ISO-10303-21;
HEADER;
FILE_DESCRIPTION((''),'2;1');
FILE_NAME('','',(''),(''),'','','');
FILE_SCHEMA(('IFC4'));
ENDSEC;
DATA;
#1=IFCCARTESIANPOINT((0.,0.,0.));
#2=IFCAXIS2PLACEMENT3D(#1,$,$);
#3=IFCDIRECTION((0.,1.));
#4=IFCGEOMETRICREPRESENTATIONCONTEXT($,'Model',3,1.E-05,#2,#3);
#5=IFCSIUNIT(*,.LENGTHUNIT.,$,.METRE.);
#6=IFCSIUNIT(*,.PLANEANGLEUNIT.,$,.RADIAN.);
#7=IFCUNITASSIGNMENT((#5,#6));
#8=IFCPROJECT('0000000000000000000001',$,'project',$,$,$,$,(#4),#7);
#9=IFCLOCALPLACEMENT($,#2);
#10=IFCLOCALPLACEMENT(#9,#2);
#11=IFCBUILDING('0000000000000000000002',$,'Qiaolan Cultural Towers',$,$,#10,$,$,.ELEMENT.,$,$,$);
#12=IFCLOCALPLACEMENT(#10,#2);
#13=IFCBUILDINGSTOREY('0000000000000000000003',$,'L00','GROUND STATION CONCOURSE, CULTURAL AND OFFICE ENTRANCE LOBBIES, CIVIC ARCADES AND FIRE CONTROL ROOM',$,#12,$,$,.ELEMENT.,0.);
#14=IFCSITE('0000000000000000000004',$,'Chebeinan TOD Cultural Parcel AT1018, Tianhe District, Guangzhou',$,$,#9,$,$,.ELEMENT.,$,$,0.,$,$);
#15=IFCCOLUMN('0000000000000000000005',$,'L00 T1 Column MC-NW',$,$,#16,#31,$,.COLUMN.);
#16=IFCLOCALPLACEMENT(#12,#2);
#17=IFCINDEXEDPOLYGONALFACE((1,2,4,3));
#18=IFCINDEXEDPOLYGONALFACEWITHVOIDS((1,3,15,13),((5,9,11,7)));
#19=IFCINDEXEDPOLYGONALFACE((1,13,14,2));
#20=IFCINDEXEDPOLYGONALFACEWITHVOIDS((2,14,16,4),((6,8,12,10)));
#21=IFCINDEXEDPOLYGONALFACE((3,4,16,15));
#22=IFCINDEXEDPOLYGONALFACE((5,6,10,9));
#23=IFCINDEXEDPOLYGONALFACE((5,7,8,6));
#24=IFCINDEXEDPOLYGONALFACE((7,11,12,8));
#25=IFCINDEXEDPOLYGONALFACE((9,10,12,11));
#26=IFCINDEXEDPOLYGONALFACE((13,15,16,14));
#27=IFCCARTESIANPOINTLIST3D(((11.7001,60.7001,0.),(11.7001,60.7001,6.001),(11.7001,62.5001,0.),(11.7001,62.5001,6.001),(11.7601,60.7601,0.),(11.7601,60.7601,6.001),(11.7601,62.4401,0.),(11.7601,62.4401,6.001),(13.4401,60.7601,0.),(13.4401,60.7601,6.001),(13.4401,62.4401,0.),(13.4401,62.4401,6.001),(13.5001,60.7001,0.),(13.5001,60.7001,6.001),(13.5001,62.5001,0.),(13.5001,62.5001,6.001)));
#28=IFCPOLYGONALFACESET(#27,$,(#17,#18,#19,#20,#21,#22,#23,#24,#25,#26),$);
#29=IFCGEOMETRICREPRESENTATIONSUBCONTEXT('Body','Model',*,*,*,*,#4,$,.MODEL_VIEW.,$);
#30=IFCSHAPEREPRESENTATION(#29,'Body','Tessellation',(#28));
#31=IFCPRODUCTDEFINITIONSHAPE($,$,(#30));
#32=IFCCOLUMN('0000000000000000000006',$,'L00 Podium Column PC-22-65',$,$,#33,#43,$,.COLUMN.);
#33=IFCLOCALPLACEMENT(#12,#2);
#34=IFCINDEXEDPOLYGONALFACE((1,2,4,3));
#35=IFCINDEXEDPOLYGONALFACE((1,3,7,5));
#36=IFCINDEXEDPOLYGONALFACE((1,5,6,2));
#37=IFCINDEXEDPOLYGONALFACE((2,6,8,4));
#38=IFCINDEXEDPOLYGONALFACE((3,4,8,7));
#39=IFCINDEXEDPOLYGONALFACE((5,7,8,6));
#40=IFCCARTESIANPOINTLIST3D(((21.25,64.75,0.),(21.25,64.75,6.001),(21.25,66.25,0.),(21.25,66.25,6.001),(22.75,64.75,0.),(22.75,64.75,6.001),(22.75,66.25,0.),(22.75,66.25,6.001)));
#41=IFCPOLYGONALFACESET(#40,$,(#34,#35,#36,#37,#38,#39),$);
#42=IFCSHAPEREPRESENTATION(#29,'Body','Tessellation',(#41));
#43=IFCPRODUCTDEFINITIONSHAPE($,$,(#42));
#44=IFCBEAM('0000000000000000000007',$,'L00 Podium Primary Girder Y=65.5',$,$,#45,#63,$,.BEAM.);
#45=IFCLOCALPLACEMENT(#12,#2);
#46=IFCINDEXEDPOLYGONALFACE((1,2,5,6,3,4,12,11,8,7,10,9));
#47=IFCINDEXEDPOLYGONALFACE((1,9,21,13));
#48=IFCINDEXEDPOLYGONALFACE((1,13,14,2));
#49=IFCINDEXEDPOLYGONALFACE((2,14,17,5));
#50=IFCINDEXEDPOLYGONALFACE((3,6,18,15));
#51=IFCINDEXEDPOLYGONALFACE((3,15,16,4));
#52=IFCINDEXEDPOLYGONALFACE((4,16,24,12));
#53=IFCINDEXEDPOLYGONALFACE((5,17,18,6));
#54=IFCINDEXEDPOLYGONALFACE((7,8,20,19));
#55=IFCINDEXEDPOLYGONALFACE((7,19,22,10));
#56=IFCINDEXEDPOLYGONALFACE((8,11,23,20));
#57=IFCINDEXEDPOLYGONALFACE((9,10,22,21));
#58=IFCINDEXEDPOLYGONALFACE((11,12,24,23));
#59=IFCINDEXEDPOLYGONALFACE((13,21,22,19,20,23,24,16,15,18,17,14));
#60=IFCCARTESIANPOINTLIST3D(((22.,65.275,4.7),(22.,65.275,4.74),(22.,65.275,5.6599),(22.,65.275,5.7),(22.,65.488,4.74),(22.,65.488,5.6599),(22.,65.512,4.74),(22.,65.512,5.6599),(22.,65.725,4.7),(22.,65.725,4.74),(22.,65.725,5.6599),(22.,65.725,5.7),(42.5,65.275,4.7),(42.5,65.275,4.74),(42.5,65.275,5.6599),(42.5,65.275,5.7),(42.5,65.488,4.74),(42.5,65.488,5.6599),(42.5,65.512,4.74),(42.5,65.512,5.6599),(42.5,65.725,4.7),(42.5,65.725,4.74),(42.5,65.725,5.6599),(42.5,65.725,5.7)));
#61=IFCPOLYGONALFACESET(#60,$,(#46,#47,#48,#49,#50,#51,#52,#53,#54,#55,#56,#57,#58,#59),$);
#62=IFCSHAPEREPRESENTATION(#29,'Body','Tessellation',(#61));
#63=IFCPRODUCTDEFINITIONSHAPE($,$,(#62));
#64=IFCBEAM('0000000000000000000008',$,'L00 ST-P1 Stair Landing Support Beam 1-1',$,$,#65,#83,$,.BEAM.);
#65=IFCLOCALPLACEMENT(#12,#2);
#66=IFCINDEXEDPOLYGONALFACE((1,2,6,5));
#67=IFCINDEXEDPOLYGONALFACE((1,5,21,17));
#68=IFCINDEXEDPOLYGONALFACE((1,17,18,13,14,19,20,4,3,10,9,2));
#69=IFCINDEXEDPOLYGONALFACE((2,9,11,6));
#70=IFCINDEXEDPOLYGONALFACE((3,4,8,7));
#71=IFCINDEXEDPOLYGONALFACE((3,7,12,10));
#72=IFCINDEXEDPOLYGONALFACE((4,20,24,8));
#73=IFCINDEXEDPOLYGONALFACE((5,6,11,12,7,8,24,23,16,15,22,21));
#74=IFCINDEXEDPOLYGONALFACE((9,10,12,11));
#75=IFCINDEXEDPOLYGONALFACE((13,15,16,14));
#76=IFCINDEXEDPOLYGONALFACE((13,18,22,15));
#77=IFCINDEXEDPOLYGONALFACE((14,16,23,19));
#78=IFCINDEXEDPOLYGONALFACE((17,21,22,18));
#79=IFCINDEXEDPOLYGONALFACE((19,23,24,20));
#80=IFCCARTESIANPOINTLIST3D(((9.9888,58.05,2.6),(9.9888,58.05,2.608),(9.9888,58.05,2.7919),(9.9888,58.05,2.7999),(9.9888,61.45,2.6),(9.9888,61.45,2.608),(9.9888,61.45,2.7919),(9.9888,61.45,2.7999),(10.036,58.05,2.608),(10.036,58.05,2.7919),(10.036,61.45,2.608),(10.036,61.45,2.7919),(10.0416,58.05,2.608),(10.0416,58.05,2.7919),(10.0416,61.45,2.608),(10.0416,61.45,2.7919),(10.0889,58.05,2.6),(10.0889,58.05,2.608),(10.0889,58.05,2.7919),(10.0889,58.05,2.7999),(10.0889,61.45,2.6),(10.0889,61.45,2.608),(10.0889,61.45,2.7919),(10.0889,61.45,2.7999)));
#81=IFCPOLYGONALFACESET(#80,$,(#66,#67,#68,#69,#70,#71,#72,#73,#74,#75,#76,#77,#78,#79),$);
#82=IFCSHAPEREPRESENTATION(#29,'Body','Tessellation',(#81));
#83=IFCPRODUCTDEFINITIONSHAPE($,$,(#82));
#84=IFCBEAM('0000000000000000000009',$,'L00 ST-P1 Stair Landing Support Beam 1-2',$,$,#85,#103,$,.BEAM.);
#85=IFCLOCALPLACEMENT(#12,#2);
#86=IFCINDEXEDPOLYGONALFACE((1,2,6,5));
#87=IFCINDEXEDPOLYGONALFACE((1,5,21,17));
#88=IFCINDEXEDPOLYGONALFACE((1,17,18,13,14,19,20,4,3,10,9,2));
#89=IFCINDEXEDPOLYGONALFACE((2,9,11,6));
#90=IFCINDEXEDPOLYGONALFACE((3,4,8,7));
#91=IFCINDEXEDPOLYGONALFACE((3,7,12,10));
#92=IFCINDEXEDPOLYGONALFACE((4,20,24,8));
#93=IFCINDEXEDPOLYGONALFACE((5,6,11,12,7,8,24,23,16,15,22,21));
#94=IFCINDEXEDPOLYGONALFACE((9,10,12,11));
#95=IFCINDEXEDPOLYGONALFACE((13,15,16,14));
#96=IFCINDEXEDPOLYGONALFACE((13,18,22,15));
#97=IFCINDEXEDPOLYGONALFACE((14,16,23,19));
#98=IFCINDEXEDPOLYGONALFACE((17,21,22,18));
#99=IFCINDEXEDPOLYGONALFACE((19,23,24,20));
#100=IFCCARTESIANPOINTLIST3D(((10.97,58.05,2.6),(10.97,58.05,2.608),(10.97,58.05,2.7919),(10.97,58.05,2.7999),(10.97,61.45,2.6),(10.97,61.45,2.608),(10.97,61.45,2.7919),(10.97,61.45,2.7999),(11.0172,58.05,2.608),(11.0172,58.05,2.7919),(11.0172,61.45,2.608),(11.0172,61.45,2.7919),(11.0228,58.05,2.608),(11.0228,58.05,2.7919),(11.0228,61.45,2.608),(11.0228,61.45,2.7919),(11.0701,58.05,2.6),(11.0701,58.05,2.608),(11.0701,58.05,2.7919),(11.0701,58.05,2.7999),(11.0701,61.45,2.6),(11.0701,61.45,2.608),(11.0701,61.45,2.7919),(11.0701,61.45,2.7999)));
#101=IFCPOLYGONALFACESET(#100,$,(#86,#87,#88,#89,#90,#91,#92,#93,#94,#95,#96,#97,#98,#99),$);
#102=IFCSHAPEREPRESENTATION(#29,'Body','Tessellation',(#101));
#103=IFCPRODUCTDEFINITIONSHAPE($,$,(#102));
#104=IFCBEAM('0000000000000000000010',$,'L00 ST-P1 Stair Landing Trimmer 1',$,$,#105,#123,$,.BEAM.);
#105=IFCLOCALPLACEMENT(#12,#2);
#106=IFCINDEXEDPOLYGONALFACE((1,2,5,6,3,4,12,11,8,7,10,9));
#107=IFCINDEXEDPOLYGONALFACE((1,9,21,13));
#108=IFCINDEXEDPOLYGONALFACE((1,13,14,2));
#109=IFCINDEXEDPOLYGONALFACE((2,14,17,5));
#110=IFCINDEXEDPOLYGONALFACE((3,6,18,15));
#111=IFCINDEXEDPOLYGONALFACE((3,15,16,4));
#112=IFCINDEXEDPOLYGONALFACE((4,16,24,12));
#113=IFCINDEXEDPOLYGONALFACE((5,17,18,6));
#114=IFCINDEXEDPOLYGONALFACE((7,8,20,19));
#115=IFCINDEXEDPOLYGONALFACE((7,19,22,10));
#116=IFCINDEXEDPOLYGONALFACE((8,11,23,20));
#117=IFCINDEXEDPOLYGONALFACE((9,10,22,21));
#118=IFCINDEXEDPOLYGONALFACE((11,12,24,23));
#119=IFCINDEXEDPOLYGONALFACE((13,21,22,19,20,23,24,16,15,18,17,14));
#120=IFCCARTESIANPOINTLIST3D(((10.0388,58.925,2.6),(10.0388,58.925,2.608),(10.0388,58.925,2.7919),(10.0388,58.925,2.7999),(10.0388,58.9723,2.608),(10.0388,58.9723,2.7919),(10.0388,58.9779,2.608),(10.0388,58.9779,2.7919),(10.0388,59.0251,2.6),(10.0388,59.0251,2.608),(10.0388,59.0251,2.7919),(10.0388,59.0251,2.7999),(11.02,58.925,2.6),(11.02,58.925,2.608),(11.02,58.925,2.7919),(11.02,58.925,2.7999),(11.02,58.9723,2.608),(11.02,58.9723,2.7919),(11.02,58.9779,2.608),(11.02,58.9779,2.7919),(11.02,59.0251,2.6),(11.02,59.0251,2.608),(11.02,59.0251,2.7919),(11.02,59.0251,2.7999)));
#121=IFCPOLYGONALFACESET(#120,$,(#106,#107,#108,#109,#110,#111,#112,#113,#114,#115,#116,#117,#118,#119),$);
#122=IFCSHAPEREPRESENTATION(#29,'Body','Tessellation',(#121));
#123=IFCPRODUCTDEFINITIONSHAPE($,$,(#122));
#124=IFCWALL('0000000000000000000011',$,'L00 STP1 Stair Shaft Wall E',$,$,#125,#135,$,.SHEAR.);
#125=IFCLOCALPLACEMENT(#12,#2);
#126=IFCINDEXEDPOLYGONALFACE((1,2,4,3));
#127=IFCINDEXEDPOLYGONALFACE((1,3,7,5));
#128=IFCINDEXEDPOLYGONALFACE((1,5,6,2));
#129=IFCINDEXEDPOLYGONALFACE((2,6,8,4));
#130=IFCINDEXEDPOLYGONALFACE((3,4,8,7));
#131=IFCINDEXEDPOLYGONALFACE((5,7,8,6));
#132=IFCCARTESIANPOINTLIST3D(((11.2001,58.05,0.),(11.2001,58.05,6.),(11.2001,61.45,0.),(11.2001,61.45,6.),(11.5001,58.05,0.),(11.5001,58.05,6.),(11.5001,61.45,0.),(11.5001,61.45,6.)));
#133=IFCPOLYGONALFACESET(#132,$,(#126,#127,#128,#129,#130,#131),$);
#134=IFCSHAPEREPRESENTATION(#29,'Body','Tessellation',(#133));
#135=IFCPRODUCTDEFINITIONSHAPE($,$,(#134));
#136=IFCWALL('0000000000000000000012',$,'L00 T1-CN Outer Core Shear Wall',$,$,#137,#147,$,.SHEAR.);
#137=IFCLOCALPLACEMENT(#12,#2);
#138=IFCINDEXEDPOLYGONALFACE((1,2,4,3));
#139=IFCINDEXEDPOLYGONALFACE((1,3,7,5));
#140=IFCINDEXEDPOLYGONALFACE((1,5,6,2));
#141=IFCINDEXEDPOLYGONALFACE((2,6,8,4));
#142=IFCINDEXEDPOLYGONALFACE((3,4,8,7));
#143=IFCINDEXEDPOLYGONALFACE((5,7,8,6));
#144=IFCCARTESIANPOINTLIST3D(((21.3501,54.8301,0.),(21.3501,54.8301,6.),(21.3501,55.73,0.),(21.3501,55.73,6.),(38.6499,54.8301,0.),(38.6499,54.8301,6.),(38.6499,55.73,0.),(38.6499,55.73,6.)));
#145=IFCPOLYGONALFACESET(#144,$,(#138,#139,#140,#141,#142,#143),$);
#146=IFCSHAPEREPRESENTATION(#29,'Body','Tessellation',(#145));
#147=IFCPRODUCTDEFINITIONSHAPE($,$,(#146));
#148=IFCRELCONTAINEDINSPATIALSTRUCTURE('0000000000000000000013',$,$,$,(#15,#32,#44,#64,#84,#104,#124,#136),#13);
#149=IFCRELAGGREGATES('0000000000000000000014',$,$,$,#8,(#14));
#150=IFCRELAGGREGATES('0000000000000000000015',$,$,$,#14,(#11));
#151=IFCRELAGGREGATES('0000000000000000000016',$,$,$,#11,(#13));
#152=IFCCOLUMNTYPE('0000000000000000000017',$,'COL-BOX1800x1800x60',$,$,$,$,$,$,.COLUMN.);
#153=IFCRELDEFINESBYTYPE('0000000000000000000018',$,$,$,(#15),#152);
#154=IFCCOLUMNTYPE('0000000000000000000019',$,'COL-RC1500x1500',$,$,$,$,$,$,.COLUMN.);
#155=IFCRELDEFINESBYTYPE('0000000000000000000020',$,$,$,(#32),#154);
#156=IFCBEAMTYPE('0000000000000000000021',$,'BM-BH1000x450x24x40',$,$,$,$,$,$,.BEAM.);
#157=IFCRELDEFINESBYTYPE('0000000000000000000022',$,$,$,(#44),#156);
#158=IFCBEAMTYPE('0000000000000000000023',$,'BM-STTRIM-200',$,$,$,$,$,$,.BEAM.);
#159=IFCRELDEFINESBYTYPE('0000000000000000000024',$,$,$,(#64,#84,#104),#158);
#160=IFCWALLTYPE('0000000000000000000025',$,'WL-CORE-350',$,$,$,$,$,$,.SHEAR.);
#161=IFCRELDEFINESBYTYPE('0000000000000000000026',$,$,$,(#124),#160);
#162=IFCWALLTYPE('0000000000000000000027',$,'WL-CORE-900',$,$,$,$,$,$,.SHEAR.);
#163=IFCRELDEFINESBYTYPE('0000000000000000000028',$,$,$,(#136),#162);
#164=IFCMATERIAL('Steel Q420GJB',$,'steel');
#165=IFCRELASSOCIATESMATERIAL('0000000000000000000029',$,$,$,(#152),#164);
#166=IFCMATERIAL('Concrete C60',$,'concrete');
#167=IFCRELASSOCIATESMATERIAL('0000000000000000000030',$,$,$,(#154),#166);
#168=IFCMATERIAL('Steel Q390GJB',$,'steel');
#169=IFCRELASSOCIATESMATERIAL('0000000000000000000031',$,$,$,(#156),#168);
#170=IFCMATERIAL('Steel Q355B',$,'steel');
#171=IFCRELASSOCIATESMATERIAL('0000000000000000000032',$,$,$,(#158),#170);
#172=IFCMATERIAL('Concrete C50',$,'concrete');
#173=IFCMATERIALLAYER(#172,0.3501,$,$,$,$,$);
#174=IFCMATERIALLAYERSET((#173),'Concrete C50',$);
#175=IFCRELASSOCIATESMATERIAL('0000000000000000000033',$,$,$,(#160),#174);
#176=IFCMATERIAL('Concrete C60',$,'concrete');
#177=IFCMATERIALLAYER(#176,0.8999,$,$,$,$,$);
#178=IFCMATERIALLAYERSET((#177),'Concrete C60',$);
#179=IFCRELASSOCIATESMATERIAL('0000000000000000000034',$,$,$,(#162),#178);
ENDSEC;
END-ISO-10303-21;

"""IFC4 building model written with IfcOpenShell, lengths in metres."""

from ifc_helpers import new_model, si_unit, direction, frame, frame_2d, origin, origin_2d, place, context, subcontext, project, spatial, rectangle, hollow_rectangle, i_section, extrude, material, layer, layer_set, material_profile, profile_set, type_object, element, save


model = new_model("IFC4")

# Units and contexts
model_context = context("Model", 3, precision=1e-05, world=origin(), true_north=direction((0.0, 1.0)))
body_context = subcontext(model_context, "Body", "Model", "MODEL_VIEW")
ifc_project = project(units=[si_unit("LENGTHUNIT", "METRE"), si_unit("PLANEANGLEUNIT", "RADIAN")], contexts=[model_context])

# Site, building, storey
site_placement = place(None, origin())
site = spatial("IfcSite", under=ifc_project, at=site_placement, Name="Chebeinan TOD Cultural Parcel AT1018, Tianhe District, Guangzhou", CompositionType="ELEMENT", RefElevation=0.0)
building_placement = place(site_placement, origin())
building = spatial("IfcBuilding", under=site, at=building_placement, Name="Qiaolan Cultural Towers", CompositionType="ELEMENT")
storey_placement = place(building_placement, origin())
storey = spatial("IfcBuildingStorey", under=building, at=storey_placement, Name="L00", Description="GROUND STATION CONCOURSE, CULTURAL AND OFFICE ENTRANCE LOBBIES, CIVIC ARCADES AND FIRE CONTROL ROOM", CompositionType="ELEMENT", Elevation=0.0)

# Columns
ifc_material_1 = material(Name="Steel Q420GJB", Category="steel")
ifc_material_profile_1 = material_profile(ifc_material_1, hollow_rectangle(XDim=1.8, YDim=1.8, WallThickness=0.0601, at=origin_2d()), Name="BOX1800x1800x60")
ifc_profile_set_1 = profile_set([ifc_material_profile_1], Name="Steel Q420GJB")
column_type_1 = type_object("IfcColumnType", Name="COL-BOX1800x1800x60", PredefinedType="COLUMN", material=ifc_profile_set_1)
column_1_placement = place(storey_placement, frame((12.6001, 61.6001, 0.0), z_axis=(0.0, 0.0, 1.0), x_axis=(1.0, 0.0, 0.0)))
element("IfcColumn", 1, at=column_1_placement, inside=storey, type_object=column_type_1, Name="L00 T1 Column MC-NW", PredefinedType="COLUMN", context=body_context, shape_type="SweptSolid", body=[
    extrude(hollow_rectangle(XDim=1.8, YDim=1.8, WallThickness=0.0601, at=origin_2d()), origin(), (0.0, 0.0, 1.0), 6.001),
])
ifc_material_2 = material(Name="Concrete C60", Category="concrete")
ifc_material_profile_2 = material_profile(ifc_material_2, rectangle(XDim=1.5, YDim=1.5, at=origin_2d()), Name="RC1500x1500")
ifc_profile_set_2 = profile_set([ifc_material_profile_2], Name="Concrete C60")
column_type_2 = type_object("IfcColumnType", Name="COL-RC1500x1500", PredefinedType="COLUMN", material=ifc_profile_set_2)
column_2_placement = place(storey_placement, frame((22.0, 65.5, 0.0), z_axis=(0.0, 0.0, 1.0), x_axis=(1.0, 0.0, 0.0)))
element("IfcColumn", 2, at=column_2_placement, inside=storey, type_object=column_type_2, Name="L00 Podium Column PC-22-65", PredefinedType="COLUMN", context=body_context, shape_type="SweptSolid", body=[
    extrude(rectangle(XDim=1.5, YDim=1.5, at=origin_2d()), origin(), (0.0, 0.0, 1.0), 6.001),
])

# Beams
ifc_material_3 = material(Name="Steel Q390GJB", Category="steel")
ifc_material_profile_3 = material_profile(ifc_material_3, i_section(OverallWidth=0.45, OverallDepth=1.0, WebThickness=0.0239, FlangeThickness=0.04, at=origin_2d()), Name="BH1000x450x24x40")
ifc_profile_set_3 = profile_set([ifc_material_profile_3], Name="Steel Q390GJB")
beam_type_1 = type_object("IfcBeamType", Name="BM-BH1000x450x24x40", PredefinedType="BEAM", material=ifc_profile_set_3)
beam_1_placement = place(storey_placement, frame((22.0, 65.5, 5.2), z_axis=(1.0, 0.0, 0.0), x_axis=(0.0, 1.0, 0.0)))
element("IfcBeam", 3, at=beam_1_placement, inside=storey, type_object=beam_type_1, Name="L00 Podium Primary Girder Y=65.5", PredefinedType="BEAM", context=body_context, shape_type="SweptSolid", body=[
    extrude(i_section(OverallWidth=0.45, OverallDepth=1.0, WebThickness=0.0239, FlangeThickness=0.04, at=origin_2d()), origin(), (0.0, 0.0, 1.0), 20.5),
])
ifc_material_4 = material(Name="Steel Q355B", Category="steel")
ifc_material_profile_4 = material_profile(ifc_material_4, i_section(OverallWidth=0.1001, OverallDepth=0.2, WebThickness=0.0056, FlangeThickness=0.0081, at=origin_2d()), Name="HN200x100x5.5x8")
ifc_profile_set_4 = profile_set([ifc_material_profile_4], Name="Steel Q355B")
beam_type_2 = type_object("IfcBeamType", Name="BM-STTRIM-200", PredefinedType="BEAM", material=ifc_profile_set_4)
for number, where, z_axis, x_axis, name in (
    (4, (10.0388, 58.05, 2.7), (0.0, 1.0, 0.0), (-1.0, 0.0, 0.0), "L00 ST-P1 Stair Landing Support Beam 1-1"),
    (5, (11.02, 58.05, 2.7), (0.0, 1.0, 0.0), (-1.0, 0.0, 0.0), "L00 ST-P1 Stair Landing Support Beam 1-2"),
):
    element("IfcBeam", number, at=place(storey_placement, frame(where, z_axis=z_axis, x_axis=x_axis)), inside=storey, type_object=beam_type_2, Name=name, PredefinedType="BEAM", context=body_context, shape_type="SweptSolid", body=[
        extrude(i_section(OverallWidth=0.1001, OverallDepth=0.2, WebThickness=0.0056, FlangeThickness=0.0081, at=origin_2d()), origin(), (0.0, 0.0, 1.0), 3.3999),
    ])
beam_2_placement = place(storey_placement, frame((10.0388, 58.9751, 2.7), z_axis=(1.0, 0.0, 0.0), x_axis=(0.0, 1.0, 0.0)))
element("IfcBeam", 6, at=beam_2_placement, inside=storey, type_object=beam_type_2, Name="L00 ST-P1 Stair Landing Trimmer 1", PredefinedType="BEAM", context=body_context, shape_type="SweptSolid", body=[
    extrude(i_section(OverallWidth=0.1001, OverallDepth=0.2, WebThickness=0.0056, FlangeThickness=0.0081, at=origin_2d()), origin(), (0.0, 0.0, 1.0), 0.9812),
])

# Walls
ifc_material_5 = material(Name="Concrete C50", Category="concrete")
ifc_layer_1 = layer(ifc_material_5, 0.3501)
ifc_layer_set_1 = layer_set([ifc_layer_1], Name="Concrete C50")
wall_type_1 = type_object("IfcWallType", Name="WL-CORE-350", PredefinedType="SHEAR", material=ifc_layer_set_1)
wall_1_placement = place(storey_placement, frame((11.3501, 58.05, 0.0), z_axis=(0.0, 0.0, 1.0), x_axis=(0.0, 1.0, 0.0)))
element("IfcWall", 7, at=wall_1_placement, inside=storey, type_object=wall_type_1, Name="L00 STP1 Stair Shaft Wall E", PredefinedType="SHEAR", context=body_context, shape_type="SweptSolid", body=[
    extrude(rectangle(XDim=3.3999, YDim=0.3, at=frame_2d((1.7, 0.0))), origin(), (0.0, 0.0, 1.0), 6.0),
])
ifc_material_6 = material(Name="Concrete C60", Category="concrete")
ifc_layer_2 = layer(ifc_material_6, 0.8999)
ifc_layer_set_2 = layer_set([ifc_layer_2], Name="Concrete C60")
wall_type_2 = type_object("IfcWallType", Name="WL-CORE-900", PredefinedType="SHEAR", material=ifc_layer_set_2)
wall_2_placement = place(storey_placement, frame((21.3501, 55.28, 0.0), z_axis=(0.0, 0.0, 1.0), x_axis=(1.0, 0.0, 0.0)))
element("IfcWall", 8, at=wall_2_placement, inside=storey, type_object=wall_type_2, Name="L00 T1-CN Outer Core Shear Wall", PredefinedType="SHEAR", context=body_context, shape_type="SweptSolid", body=[
    extrude(rectangle(XDim=17.2998, YDim=0.8999, at=frame_2d((8.6499, 0.0))), origin(), (0.0, 0.0, 1.0), 6.0),
])

save(model, "model.ifc")
